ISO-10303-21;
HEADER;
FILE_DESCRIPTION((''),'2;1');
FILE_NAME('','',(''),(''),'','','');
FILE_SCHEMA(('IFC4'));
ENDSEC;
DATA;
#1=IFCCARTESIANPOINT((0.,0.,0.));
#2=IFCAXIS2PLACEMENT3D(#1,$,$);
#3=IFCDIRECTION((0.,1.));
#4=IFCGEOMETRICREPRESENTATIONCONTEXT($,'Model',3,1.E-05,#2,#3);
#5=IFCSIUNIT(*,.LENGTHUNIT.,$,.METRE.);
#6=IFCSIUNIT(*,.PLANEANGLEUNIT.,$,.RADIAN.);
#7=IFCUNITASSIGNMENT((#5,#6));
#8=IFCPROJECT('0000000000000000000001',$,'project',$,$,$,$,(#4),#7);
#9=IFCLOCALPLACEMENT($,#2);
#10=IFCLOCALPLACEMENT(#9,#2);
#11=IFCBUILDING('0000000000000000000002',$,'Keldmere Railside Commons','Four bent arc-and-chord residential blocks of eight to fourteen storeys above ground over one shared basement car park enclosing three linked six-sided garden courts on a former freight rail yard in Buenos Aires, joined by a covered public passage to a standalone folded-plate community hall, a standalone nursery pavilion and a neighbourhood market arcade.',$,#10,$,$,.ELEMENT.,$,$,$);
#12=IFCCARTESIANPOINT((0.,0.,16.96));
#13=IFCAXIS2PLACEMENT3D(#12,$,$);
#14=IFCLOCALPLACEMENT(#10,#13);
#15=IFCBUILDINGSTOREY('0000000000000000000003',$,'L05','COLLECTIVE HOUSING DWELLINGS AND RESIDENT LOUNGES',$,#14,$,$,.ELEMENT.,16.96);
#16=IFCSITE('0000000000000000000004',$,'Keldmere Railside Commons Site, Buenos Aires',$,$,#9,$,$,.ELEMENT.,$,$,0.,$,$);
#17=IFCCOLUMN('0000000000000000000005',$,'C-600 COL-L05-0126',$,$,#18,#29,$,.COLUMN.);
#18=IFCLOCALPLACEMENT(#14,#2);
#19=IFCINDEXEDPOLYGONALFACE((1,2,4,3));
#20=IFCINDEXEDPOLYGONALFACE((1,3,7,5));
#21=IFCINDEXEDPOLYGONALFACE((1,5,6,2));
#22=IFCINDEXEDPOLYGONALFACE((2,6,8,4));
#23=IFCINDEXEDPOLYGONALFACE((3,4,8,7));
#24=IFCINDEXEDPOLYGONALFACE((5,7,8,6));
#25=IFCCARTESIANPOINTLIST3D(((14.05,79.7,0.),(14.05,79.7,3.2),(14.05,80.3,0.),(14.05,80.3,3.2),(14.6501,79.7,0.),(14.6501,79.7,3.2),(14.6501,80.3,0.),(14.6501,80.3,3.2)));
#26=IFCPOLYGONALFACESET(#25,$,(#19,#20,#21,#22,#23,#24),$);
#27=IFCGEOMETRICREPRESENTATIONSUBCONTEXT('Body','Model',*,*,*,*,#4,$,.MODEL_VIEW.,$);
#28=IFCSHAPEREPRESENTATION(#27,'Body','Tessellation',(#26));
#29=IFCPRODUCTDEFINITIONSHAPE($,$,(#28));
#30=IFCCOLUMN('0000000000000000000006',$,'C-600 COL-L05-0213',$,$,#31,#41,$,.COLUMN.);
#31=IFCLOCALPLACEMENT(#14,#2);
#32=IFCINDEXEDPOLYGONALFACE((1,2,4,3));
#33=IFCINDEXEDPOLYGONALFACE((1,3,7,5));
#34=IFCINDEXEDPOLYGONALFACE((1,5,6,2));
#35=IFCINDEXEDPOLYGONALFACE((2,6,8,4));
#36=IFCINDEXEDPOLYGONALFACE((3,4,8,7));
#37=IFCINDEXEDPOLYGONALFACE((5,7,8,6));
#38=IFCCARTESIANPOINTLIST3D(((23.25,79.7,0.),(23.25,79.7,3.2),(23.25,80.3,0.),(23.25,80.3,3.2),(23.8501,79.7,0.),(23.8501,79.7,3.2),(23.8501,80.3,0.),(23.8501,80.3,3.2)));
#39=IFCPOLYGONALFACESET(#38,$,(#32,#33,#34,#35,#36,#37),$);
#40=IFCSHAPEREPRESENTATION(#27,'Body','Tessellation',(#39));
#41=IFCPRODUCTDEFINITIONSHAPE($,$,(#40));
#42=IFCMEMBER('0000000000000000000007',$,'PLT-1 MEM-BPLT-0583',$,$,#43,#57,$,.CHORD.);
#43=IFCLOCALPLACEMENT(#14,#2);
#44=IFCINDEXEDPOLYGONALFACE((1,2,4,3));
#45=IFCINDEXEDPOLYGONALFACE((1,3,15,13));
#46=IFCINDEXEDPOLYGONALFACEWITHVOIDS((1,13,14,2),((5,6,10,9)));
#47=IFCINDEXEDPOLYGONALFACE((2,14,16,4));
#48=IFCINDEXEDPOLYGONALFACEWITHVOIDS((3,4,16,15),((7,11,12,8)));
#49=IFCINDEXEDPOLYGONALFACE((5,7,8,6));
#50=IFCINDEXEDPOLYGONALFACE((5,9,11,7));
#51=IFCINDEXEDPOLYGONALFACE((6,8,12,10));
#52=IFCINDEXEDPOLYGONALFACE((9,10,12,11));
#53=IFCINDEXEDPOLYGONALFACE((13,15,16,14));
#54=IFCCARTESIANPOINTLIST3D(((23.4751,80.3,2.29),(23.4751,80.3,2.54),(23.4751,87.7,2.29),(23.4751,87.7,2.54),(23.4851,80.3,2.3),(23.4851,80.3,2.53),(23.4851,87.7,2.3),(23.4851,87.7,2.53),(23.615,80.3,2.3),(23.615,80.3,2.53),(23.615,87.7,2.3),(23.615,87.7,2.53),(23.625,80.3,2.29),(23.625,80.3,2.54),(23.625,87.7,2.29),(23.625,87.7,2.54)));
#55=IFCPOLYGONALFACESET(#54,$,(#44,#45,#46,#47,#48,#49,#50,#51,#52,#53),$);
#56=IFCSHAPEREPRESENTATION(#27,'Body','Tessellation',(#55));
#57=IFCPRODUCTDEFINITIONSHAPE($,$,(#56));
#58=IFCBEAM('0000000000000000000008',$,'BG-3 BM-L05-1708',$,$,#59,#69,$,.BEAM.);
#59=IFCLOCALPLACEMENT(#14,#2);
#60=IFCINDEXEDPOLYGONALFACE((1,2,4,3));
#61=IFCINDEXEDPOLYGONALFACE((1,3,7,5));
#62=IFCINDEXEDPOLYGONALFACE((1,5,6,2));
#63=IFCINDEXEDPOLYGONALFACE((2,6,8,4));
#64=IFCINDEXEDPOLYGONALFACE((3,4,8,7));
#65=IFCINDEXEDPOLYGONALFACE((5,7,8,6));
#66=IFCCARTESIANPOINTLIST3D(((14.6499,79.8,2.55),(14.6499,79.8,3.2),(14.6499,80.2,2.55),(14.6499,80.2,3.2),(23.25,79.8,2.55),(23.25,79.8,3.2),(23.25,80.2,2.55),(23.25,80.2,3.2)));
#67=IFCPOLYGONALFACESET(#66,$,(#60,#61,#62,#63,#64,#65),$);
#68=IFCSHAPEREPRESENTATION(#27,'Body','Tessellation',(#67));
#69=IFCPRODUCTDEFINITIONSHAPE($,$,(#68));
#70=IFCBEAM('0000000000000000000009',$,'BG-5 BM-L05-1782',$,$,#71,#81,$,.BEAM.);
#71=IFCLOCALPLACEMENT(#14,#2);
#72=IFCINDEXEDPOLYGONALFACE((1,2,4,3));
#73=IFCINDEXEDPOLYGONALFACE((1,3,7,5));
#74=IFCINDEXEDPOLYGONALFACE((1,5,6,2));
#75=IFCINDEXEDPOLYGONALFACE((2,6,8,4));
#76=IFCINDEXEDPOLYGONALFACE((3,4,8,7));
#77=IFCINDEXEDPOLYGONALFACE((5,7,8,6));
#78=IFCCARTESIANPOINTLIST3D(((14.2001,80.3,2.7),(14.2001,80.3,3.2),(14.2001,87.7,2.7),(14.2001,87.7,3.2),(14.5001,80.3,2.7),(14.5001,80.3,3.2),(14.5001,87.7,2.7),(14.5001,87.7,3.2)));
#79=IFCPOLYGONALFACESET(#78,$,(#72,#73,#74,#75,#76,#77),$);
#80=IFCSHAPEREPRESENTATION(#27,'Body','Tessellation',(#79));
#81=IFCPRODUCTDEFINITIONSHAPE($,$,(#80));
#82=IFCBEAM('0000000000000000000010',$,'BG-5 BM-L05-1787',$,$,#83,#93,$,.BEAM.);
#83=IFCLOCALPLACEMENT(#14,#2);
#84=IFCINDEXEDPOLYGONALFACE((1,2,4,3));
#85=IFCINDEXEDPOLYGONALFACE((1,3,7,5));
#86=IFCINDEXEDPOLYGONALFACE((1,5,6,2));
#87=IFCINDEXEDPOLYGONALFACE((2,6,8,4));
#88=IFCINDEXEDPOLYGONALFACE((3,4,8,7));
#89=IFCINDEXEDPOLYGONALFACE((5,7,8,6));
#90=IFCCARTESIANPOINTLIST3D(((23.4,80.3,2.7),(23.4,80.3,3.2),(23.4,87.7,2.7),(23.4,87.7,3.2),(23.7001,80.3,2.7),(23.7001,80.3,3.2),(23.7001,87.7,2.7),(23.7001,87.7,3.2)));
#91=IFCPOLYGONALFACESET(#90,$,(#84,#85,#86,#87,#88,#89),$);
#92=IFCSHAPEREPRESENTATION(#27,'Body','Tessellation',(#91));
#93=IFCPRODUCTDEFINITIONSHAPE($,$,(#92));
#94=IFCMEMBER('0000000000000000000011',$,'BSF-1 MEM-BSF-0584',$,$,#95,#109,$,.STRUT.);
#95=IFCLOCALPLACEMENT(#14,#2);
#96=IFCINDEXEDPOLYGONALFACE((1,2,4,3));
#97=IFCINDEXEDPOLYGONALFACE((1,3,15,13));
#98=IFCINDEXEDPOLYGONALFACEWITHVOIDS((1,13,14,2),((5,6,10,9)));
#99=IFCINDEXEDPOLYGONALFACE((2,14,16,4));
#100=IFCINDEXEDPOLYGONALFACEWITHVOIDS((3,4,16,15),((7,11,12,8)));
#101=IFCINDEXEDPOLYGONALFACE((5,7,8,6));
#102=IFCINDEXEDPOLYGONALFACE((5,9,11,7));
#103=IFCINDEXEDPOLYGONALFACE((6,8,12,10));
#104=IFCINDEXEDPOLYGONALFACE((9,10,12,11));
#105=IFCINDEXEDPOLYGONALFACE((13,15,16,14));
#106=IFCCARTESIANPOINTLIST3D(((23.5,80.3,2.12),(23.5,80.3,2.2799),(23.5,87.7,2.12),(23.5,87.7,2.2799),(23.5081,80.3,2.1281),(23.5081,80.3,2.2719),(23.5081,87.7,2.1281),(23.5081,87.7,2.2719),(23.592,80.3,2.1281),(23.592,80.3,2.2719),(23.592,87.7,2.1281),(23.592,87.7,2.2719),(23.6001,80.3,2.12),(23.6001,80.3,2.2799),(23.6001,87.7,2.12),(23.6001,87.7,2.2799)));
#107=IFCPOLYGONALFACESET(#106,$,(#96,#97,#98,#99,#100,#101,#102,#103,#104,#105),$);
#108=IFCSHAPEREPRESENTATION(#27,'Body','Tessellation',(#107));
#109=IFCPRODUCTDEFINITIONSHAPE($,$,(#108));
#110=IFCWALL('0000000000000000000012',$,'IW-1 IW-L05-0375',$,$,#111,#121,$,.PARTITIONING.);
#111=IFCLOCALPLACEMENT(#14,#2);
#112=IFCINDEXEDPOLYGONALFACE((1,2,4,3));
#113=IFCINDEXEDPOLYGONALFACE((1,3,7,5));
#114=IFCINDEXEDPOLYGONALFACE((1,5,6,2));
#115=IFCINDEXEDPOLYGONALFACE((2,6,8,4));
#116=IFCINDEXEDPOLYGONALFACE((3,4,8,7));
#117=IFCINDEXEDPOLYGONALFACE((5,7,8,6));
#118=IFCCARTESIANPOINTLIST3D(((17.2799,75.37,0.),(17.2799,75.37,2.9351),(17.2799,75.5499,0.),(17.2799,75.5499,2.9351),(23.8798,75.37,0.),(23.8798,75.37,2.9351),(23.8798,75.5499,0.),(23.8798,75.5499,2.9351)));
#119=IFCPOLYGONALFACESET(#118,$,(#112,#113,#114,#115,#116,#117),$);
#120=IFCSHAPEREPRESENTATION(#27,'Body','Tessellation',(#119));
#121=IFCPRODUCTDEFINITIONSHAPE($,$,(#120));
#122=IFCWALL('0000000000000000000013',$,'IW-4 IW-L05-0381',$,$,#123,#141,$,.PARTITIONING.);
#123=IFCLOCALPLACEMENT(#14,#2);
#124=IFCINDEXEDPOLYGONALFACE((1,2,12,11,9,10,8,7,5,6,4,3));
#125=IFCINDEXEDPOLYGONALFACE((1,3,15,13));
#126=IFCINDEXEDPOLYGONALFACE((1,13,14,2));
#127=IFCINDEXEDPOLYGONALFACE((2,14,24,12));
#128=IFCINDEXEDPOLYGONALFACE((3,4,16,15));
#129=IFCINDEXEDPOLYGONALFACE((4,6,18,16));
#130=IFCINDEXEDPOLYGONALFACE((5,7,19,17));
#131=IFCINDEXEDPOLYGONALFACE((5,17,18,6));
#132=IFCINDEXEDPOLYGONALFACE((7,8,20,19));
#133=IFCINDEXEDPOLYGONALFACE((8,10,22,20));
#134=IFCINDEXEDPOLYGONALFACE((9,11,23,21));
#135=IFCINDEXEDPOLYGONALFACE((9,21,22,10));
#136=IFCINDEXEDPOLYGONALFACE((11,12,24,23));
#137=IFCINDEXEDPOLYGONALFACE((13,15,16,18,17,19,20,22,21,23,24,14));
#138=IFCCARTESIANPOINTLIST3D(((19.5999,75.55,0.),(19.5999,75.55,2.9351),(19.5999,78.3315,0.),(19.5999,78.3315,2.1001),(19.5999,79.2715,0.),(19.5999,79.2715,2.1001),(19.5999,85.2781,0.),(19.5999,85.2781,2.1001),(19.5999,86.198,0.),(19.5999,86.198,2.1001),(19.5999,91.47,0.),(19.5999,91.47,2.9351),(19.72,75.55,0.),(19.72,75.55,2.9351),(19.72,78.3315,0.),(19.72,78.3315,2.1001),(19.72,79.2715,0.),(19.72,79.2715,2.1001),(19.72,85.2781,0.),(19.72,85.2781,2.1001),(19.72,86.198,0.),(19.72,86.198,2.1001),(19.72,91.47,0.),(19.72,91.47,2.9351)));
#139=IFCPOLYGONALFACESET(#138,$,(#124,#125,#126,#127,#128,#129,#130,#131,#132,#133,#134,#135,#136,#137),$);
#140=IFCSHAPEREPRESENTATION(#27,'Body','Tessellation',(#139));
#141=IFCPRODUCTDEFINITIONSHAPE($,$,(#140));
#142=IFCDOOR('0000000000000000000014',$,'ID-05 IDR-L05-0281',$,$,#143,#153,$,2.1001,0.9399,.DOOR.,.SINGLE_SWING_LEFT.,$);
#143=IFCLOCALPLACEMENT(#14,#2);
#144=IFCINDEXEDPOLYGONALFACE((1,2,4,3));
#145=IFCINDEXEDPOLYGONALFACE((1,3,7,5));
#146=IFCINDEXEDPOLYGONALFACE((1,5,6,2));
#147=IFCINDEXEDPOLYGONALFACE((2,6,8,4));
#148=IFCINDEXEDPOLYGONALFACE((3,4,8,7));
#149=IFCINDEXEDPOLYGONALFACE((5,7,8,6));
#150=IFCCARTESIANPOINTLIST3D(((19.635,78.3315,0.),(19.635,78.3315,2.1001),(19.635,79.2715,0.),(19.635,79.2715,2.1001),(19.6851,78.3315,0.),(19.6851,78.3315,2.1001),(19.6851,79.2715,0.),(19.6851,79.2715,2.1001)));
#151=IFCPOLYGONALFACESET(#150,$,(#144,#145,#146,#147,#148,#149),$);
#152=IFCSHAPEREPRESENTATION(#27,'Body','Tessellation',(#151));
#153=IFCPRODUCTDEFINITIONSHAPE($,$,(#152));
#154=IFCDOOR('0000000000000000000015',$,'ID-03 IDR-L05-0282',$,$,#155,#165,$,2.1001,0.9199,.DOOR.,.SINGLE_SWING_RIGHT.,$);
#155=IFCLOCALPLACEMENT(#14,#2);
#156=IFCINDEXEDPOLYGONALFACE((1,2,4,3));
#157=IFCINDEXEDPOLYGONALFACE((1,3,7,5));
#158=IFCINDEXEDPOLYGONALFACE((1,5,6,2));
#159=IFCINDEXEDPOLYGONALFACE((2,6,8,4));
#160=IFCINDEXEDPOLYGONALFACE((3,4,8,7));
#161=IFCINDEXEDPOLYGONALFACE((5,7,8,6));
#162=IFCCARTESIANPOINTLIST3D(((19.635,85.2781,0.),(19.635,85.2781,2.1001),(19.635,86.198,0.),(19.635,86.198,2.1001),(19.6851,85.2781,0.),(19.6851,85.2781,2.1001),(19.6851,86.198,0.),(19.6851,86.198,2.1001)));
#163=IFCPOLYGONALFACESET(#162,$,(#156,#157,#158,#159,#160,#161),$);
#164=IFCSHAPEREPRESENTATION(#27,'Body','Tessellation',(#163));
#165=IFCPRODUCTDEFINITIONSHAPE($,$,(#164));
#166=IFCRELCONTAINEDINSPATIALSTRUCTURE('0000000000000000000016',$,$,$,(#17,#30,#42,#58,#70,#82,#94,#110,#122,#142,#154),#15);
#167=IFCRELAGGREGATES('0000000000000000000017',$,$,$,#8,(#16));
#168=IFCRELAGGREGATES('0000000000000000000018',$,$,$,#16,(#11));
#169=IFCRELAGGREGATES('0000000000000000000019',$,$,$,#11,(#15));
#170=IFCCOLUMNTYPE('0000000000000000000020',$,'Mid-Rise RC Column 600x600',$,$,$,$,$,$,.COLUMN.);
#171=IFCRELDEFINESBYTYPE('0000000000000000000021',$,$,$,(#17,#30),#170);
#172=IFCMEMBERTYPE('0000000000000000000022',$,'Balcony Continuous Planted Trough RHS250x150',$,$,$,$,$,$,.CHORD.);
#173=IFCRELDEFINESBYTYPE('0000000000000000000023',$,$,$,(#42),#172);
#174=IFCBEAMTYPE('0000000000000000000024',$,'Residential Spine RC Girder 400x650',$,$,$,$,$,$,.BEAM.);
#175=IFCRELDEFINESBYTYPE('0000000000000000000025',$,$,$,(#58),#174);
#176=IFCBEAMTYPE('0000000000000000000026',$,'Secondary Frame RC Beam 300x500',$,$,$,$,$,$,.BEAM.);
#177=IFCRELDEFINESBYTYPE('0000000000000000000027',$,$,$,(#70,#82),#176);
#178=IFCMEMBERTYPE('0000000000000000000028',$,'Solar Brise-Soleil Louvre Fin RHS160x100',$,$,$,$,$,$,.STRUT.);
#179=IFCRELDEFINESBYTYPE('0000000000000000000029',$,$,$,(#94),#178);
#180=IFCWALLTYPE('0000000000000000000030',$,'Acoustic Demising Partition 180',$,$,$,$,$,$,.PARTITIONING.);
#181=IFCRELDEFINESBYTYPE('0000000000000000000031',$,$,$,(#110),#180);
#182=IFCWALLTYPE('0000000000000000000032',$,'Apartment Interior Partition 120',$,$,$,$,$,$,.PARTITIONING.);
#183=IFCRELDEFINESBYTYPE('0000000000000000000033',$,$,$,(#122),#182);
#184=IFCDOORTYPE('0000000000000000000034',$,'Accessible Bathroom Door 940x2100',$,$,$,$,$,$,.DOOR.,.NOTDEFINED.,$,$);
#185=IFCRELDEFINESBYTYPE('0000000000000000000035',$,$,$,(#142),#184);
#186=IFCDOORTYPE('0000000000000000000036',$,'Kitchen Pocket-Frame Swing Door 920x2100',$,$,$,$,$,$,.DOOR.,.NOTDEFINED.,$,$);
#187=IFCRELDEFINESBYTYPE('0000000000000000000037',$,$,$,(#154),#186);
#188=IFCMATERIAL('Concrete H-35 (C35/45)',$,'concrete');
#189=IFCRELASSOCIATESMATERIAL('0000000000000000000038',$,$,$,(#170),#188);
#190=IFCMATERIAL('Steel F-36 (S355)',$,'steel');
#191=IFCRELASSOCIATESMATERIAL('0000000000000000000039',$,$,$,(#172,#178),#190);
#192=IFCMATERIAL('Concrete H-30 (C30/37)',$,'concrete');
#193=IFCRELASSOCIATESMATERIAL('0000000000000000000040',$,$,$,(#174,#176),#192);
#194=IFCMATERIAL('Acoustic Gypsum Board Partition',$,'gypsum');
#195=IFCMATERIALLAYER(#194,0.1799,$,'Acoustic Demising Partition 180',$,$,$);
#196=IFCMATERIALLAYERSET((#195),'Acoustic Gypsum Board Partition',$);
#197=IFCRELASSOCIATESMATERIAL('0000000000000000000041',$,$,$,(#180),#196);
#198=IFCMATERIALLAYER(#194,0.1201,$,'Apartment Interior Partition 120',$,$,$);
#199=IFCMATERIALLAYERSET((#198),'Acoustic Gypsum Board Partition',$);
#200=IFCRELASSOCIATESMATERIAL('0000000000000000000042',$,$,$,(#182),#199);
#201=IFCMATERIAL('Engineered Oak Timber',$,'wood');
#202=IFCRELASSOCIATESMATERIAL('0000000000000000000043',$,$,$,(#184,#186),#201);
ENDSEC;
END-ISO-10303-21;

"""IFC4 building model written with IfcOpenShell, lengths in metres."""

from ifc_helpers import new_model, si_unit, direction, frame, frame_2d, origin, origin_2d, place, context, subcontext, project, spatial, rectangle, hollow_rectangle, extrude, material, layer, layer_set, material_profile, profile_set, type_object, element, fill, save


model = new_model("IFC4")

# Units and contexts
model_context = context("Model", 3, precision=1e-05, world=origin(), true_north=direction((0.0, 1.0)))
body_context = subcontext(model_context, "Body", "Model", "MODEL_VIEW")
ifc_project = project(units=[si_unit("LENGTHUNIT", "METRE"), si_unit("PLANEANGLEUNIT", "RADIAN")], contexts=[model_context])

# Site, building, storey
site_placement = place(None, origin())
site = spatial("IfcSite", under=ifc_project, at=site_placement, Name="Keldmere Railside Commons Site, Buenos Aires", CompositionType="ELEMENT", RefElevation=0.0)
building_placement = place(site_placement, origin())
building = spatial("IfcBuilding", under=site, at=building_placement, Name="Keldmere Railside Commons", Description="Four bent arc-and-chord residential blocks of eight to fourteen storeys above ground over one shared basement car park enclosing three linked six-sided garden courts on a former freight rail yard in Buenos Aires, joined by a covered public passage to a standalone folded-plate community hall, a standalone nursery pavilion and a neighbourhood market arcade.", CompositionType="ELEMENT")
storey_placement = place(building_placement, frame((0.0, 0.0, 16.96)))
storey = spatial("IfcBuildingStorey", under=building, at=storey_placement, Name="L05", Description="COLLECTIVE HOUSING DWELLINGS AND RESIDENT LOUNGES", CompositionType="ELEMENT", Elevation=16.96)

# Columns
ifc_material_1 = material(Name="Concrete H-35 (C35/45)", Category="concrete")
ifc_material_profile_1 = material_profile(ifc_material_1, rectangle(XDim=0.6001, YDim=0.6001, at=origin_2d()), Name="RC-600x600")
ifc_profile_set_1 = profile_set([ifc_material_profile_1], Name="Concrete H-35 (C35/45)")
column_type = type_object("IfcColumnType", Name="Mid-Rise RC Column 600x600", PredefinedType="COLUMN", material=ifc_profile_set_1)
for number, where, z_axis, x_axis, name in (
    (1, (14.3501, 80.0, 0.0), (0.0, 0.0, 1.0), (1.0, 0.0, 0.0), "C-600 COL-L05-0126"),
    (2, (23.55, 80.0, 0.0), (0.0, 0.0, 1.0), (1.0, 0.0, 0.0), "C-600 COL-L05-0213"),
):
    element("IfcColumn", number, at=place(storey_placement, frame(where, z_axis=z_axis, x_axis=x_axis)), inside=storey, type_object=column_type, Name=name, PredefinedType="COLUMN", context=body_context, shape_type="SweptSolid", body=[
        extrude(rectangle(XDim=0.6001, YDim=0.6001, at=origin_2d()), origin(), (0.0, 0.0, 1.0), 3.2),
    ])

# Member
ifc_material_2 = material(Name="Steel F-36 (S355)", Category="steel")
ifc_material_profile_2 = material_profile(ifc_material_2, hollow_rectangle(XDim=0.1499, YDim=0.25, WallThickness=0.01, at=origin_2d()), Name="RHS-250x150x10")
ifc_profile_set_2 = profile_set([ifc_material_profile_2], Name="Steel F-36 (S355)")
member_type_1 = type_object("IfcMemberType", Name="Balcony Continuous Planted Trough RHS250x150", PredefinedType="CHORD", material=ifc_profile_set_2)
member_1_placement = place(storey_placement, frame((23.55, 80.3, 2.415), z_axis=(0.0, 1.0, 0.0), x_axis=(-1.0, 0.0, 0.0)))
element("IfcMember", 3, at=member_1_placement, inside=storey, type_object=member_type_1, Name="PLT-1 MEM-BPLT-0583", PredefinedType="CHORD", context=body_context, shape_type="SweptSolid", body=[
    extrude(hollow_rectangle(XDim=0.1499, YDim=0.25, WallThickness=0.01, at=origin_2d()), origin(), (0.0, 0.0, 1.0), 7.3999),
])

# Beams
ifc_material_3 = material(Name="Concrete H-30 (C30/37)", Category="concrete")
ifc_material_profile_3 = material_profile(ifc_material_3, rectangle(XDim=0.3999, YDim=0.6499, at=origin_2d()), Name="RC-400x650")
ifc_profile_set_3 = profile_set([ifc_material_profile_3], Name="Concrete H-30 (C30/37)")
beam_type_1 = type_object("IfcBeamType", Name="Residential Spine RC Girder 400x650", PredefinedType="BEAM", material=ifc_profile_set_3)
beam_placement = place(storey_placement, frame((14.6499, 80.0, 2.875), z_axis=(1.0, 0.0, 0.0), x_axis=(0.0, 1.0, 0.0)))
element("IfcBeam", 4, at=beam_placement, inside=storey, type_object=beam_type_1, Name="BG-3 BM-L05-1708", PredefinedType="BEAM", context=body_context, shape_type="SweptSolid", body=[
    extrude(rectangle(XDim=0.3999, YDim=0.6499, at=origin_2d()), origin(), (0.0, 0.0, 1.0), 8.6001),
])
ifc_material_profile_4 = material_profile(ifc_material_3, rectangle(XDim=0.3, YDim=0.5, at=origin_2d()), Name="RC-300x500")
ifc_profile_set_4 = profile_set([ifc_material_profile_4], Name="Concrete H-30 (C30/37)")
beam_type_2 = type_object("IfcBeamType", Name="Secondary Frame RC Beam 300x500", PredefinedType="BEAM", material=ifc_profile_set_4)
for number, where, z_axis, x_axis, name in (
    (5, (14.3501, 80.3, 2.95), (0.0, 1.0, 0.0), (-1.0, 0.0, 0.0), "BG-5 BM-L05-1782"),
    (6, (23.55, 80.3, 2.95), (0.0, 1.0, 0.0), (-1.0, 0.0, 0.0), "BG-5 BM-L05-1787"),
):
    element("IfcBeam", number, at=place(storey_placement, frame(where, z_axis=z_axis, x_axis=x_axis)), inside=storey, type_object=beam_type_2, Name=name, PredefinedType="BEAM", context=body_context, shape_type="SweptSolid", body=[
        extrude(rectangle(XDim=0.3, YDim=0.5, at=origin_2d()), origin(), (0.0, 0.0, 1.0), 7.3999),
    ])

# Member
ifc_material_profile_5 = material_profile(ifc_material_2, hollow_rectangle(XDim=0.1001, YDim=0.1599, WallThickness=0.0081, at=origin_2d()), Name="RHS-160x100x8")
ifc_profile_set_5 = profile_set([ifc_material_profile_5], Name="Steel F-36 (S355)")
member_type_2 = type_object("IfcMemberType", Name="Solar Brise-Soleil Louvre Fin RHS160x100", PredefinedType="STRUT", material=ifc_profile_set_5)
member_2_placement = place(storey_placement, frame((23.55, 80.3, 2.2), z_axis=(0.0, 1.0, 0.0), x_axis=(-1.0, 0.0, 0.0)))
element("IfcMember", 7, at=member_2_placement, inside=storey, type_object=member_type_2, Name="BSF-1 MEM-BSF-0584", PredefinedType="STRUT", context=body_context, shape_type="SweptSolid", body=[
    extrude(hollow_rectangle(XDim=0.1001, YDim=0.1599, WallThickness=0.0081, at=origin_2d()), origin(), (0.0, 0.0, 1.0), 7.3999),
])

# Wall
ifc_material_4 = material(Name="Acoustic Gypsum Board Partition", Category="gypsum")
ifc_layer_1 = layer(ifc_material_4, 0.1799, Name="Acoustic Demising Partition 180")
ifc_layer_set_1 = layer_set([ifc_layer_1], Name="Acoustic Gypsum Board Partition")
wall_type_1 = type_object("IfcWallType", Name="Acoustic Demising Partition 180", PredefinedType="PARTITIONING", material=ifc_layer_set_1)
wall_1_placement = place(storey_placement, frame((17.28, 75.46, 0.0), z_axis=(0.0, 0.0, 1.0), x_axis=(1.0, 0.0, 0.0)))
element("IfcWall", 8, at=wall_1_placement, inside=storey, type_object=wall_type_1, Name="IW-1 IW-L05-0375", PredefinedType="PARTITIONING", context=body_context, shape_type="SweptSolid", body=[
    extrude(rectangle(XDim=6.5999, YDim=0.1799, at=frame_2d((3.2998, 0.0))), origin(), (0.0, 0.0, 1.0), 2.9351),
])

# Wall, openings, doors
ifc_layer_2 = layer(ifc_material_4, 0.1201, Name="Apartment Interior Partition 120")
ifc_layer_set_2 = layer_set([ifc_layer_2], Name="Acoustic Gypsum Board Partition")
wall_type_2 = type_object("IfcWallType", Name="Apartment Interior Partition 120", PredefinedType="PARTITIONING", material=ifc_layer_set_2)
wall_2_placement = place(storey_placement, frame((19.6599, 75.55, 0.0), z_axis=(0.0, 0.0, 1.0), x_axis=(0.0, 1.0, 0.0)))
wall_2 = element("IfcWall", 9, at=wall_2_placement, inside=storey, type_object=wall_type_2, Name="IW-4 IW-L05-0381", PredefinedType="PARTITIONING", context=body_context, shape_type="SweptSolid", body=[
    extrude(rectangle(XDim=15.9199, YDim=0.1201, at=frame_2d((7.96, 0.0))), origin(), (0.0, 0.0, 1.0), 2.9351),
])
opening_1_placement = place(wall_2_placement, frame((2.7815, 0.0, 0.0)))
opening_1 = element("IfcOpeningElement", 10, at=opening_1_placement, cuts=wall_2, PredefinedType="OPENING", context=body_context, shape_type="SweptSolid", body=[
    extrude(rectangle(XDim=0.9399, YDim=2.1001, at=frame_2d((0.47, 1.05))), frame((0.0, 0.0701, 0.0), z_axis=(0.0, -1.0, 0.0), x_axis=(1.0, 0.0, 0.0)), (0.0, 0.0, 1.0), 0.1401),
])
opening_2_placement = place(wall_2_placement, frame((9.728, 0.0, 0.0)))
opening_2 = element("IfcOpeningElement", 11, at=opening_2_placement, cuts=wall_2, PredefinedType="OPENING", context=body_context, shape_type="SweptSolid", body=[
    extrude(rectangle(XDim=0.9199, YDim=2.1001, at=frame_2d((0.46, 1.05))), frame((0.0, 0.0701, 0.0), z_axis=(0.0, -1.0, 0.0), x_axis=(1.0, 0.0, 0.0)), (0.0, 0.0, 1.0), 0.1401),
])
ifc_material_5 = material(Name="Engineered Oak Timber", Category="wood")
door_type_1 = type_object("IfcDoorType", Name="Accessible Bathroom Door 940x2100", OperationType="NOTDEFINED", PredefinedType="DOOR", material=ifc_material_5)
door_1_placement = place(opening_1_placement, origin())
door_1 = element("IfcDoor", 12, at=door_1_placement, inside=storey, type_object=door_type_1, Name="ID-05 IDR-L05-0281", OperationType="SINGLE_SWING_LEFT", OverallHeight=2.1001, OverallWidth=0.9399, PredefinedType="DOOR", context=body_context, shape_type="SweptSolid", body=[
    extrude(rectangle(XDim=0.9399, YDim=2.1001, at=frame_2d((0.47, 1.05))), frame((0.0, 0.0249, 0.0), z_axis=(0.0, -1.0, 0.0), x_axis=(1.0, 0.0, 0.0)), (0.0, 0.0, 1.0), 0.05),
])
fill(opening_1, door_1)
door_type_2 = type_object("IfcDoorType", Name="Kitchen Pocket-Frame Swing Door 920x2100", OperationType="NOTDEFINED", PredefinedType="DOOR", material=ifc_material_5)
door_2_placement = place(opening_2_placement, origin())
door_2 = element("IfcDoor", 13, at=door_2_placement, inside=storey, type_object=door_type_2, Name="ID-03 IDR-L05-0282", OperationType="SINGLE_SWING_RIGHT", OverallHeight=2.1001, OverallWidth=0.9199, PredefinedType="DOOR", context=body_context, shape_type="SweptSolid", body=[
    extrude(rectangle(XDim=0.9199, YDim=2.1001, at=frame_2d((0.46, 1.05))), frame((0.0, 0.0249, 0.0), z_axis=(0.0, -1.0, 0.0), x_axis=(1.0, 0.0, 0.0)), (0.0, 0.0, 1.0), 0.05),
])
fill(opening_2, door_2)

save(model, "model.ifc")
